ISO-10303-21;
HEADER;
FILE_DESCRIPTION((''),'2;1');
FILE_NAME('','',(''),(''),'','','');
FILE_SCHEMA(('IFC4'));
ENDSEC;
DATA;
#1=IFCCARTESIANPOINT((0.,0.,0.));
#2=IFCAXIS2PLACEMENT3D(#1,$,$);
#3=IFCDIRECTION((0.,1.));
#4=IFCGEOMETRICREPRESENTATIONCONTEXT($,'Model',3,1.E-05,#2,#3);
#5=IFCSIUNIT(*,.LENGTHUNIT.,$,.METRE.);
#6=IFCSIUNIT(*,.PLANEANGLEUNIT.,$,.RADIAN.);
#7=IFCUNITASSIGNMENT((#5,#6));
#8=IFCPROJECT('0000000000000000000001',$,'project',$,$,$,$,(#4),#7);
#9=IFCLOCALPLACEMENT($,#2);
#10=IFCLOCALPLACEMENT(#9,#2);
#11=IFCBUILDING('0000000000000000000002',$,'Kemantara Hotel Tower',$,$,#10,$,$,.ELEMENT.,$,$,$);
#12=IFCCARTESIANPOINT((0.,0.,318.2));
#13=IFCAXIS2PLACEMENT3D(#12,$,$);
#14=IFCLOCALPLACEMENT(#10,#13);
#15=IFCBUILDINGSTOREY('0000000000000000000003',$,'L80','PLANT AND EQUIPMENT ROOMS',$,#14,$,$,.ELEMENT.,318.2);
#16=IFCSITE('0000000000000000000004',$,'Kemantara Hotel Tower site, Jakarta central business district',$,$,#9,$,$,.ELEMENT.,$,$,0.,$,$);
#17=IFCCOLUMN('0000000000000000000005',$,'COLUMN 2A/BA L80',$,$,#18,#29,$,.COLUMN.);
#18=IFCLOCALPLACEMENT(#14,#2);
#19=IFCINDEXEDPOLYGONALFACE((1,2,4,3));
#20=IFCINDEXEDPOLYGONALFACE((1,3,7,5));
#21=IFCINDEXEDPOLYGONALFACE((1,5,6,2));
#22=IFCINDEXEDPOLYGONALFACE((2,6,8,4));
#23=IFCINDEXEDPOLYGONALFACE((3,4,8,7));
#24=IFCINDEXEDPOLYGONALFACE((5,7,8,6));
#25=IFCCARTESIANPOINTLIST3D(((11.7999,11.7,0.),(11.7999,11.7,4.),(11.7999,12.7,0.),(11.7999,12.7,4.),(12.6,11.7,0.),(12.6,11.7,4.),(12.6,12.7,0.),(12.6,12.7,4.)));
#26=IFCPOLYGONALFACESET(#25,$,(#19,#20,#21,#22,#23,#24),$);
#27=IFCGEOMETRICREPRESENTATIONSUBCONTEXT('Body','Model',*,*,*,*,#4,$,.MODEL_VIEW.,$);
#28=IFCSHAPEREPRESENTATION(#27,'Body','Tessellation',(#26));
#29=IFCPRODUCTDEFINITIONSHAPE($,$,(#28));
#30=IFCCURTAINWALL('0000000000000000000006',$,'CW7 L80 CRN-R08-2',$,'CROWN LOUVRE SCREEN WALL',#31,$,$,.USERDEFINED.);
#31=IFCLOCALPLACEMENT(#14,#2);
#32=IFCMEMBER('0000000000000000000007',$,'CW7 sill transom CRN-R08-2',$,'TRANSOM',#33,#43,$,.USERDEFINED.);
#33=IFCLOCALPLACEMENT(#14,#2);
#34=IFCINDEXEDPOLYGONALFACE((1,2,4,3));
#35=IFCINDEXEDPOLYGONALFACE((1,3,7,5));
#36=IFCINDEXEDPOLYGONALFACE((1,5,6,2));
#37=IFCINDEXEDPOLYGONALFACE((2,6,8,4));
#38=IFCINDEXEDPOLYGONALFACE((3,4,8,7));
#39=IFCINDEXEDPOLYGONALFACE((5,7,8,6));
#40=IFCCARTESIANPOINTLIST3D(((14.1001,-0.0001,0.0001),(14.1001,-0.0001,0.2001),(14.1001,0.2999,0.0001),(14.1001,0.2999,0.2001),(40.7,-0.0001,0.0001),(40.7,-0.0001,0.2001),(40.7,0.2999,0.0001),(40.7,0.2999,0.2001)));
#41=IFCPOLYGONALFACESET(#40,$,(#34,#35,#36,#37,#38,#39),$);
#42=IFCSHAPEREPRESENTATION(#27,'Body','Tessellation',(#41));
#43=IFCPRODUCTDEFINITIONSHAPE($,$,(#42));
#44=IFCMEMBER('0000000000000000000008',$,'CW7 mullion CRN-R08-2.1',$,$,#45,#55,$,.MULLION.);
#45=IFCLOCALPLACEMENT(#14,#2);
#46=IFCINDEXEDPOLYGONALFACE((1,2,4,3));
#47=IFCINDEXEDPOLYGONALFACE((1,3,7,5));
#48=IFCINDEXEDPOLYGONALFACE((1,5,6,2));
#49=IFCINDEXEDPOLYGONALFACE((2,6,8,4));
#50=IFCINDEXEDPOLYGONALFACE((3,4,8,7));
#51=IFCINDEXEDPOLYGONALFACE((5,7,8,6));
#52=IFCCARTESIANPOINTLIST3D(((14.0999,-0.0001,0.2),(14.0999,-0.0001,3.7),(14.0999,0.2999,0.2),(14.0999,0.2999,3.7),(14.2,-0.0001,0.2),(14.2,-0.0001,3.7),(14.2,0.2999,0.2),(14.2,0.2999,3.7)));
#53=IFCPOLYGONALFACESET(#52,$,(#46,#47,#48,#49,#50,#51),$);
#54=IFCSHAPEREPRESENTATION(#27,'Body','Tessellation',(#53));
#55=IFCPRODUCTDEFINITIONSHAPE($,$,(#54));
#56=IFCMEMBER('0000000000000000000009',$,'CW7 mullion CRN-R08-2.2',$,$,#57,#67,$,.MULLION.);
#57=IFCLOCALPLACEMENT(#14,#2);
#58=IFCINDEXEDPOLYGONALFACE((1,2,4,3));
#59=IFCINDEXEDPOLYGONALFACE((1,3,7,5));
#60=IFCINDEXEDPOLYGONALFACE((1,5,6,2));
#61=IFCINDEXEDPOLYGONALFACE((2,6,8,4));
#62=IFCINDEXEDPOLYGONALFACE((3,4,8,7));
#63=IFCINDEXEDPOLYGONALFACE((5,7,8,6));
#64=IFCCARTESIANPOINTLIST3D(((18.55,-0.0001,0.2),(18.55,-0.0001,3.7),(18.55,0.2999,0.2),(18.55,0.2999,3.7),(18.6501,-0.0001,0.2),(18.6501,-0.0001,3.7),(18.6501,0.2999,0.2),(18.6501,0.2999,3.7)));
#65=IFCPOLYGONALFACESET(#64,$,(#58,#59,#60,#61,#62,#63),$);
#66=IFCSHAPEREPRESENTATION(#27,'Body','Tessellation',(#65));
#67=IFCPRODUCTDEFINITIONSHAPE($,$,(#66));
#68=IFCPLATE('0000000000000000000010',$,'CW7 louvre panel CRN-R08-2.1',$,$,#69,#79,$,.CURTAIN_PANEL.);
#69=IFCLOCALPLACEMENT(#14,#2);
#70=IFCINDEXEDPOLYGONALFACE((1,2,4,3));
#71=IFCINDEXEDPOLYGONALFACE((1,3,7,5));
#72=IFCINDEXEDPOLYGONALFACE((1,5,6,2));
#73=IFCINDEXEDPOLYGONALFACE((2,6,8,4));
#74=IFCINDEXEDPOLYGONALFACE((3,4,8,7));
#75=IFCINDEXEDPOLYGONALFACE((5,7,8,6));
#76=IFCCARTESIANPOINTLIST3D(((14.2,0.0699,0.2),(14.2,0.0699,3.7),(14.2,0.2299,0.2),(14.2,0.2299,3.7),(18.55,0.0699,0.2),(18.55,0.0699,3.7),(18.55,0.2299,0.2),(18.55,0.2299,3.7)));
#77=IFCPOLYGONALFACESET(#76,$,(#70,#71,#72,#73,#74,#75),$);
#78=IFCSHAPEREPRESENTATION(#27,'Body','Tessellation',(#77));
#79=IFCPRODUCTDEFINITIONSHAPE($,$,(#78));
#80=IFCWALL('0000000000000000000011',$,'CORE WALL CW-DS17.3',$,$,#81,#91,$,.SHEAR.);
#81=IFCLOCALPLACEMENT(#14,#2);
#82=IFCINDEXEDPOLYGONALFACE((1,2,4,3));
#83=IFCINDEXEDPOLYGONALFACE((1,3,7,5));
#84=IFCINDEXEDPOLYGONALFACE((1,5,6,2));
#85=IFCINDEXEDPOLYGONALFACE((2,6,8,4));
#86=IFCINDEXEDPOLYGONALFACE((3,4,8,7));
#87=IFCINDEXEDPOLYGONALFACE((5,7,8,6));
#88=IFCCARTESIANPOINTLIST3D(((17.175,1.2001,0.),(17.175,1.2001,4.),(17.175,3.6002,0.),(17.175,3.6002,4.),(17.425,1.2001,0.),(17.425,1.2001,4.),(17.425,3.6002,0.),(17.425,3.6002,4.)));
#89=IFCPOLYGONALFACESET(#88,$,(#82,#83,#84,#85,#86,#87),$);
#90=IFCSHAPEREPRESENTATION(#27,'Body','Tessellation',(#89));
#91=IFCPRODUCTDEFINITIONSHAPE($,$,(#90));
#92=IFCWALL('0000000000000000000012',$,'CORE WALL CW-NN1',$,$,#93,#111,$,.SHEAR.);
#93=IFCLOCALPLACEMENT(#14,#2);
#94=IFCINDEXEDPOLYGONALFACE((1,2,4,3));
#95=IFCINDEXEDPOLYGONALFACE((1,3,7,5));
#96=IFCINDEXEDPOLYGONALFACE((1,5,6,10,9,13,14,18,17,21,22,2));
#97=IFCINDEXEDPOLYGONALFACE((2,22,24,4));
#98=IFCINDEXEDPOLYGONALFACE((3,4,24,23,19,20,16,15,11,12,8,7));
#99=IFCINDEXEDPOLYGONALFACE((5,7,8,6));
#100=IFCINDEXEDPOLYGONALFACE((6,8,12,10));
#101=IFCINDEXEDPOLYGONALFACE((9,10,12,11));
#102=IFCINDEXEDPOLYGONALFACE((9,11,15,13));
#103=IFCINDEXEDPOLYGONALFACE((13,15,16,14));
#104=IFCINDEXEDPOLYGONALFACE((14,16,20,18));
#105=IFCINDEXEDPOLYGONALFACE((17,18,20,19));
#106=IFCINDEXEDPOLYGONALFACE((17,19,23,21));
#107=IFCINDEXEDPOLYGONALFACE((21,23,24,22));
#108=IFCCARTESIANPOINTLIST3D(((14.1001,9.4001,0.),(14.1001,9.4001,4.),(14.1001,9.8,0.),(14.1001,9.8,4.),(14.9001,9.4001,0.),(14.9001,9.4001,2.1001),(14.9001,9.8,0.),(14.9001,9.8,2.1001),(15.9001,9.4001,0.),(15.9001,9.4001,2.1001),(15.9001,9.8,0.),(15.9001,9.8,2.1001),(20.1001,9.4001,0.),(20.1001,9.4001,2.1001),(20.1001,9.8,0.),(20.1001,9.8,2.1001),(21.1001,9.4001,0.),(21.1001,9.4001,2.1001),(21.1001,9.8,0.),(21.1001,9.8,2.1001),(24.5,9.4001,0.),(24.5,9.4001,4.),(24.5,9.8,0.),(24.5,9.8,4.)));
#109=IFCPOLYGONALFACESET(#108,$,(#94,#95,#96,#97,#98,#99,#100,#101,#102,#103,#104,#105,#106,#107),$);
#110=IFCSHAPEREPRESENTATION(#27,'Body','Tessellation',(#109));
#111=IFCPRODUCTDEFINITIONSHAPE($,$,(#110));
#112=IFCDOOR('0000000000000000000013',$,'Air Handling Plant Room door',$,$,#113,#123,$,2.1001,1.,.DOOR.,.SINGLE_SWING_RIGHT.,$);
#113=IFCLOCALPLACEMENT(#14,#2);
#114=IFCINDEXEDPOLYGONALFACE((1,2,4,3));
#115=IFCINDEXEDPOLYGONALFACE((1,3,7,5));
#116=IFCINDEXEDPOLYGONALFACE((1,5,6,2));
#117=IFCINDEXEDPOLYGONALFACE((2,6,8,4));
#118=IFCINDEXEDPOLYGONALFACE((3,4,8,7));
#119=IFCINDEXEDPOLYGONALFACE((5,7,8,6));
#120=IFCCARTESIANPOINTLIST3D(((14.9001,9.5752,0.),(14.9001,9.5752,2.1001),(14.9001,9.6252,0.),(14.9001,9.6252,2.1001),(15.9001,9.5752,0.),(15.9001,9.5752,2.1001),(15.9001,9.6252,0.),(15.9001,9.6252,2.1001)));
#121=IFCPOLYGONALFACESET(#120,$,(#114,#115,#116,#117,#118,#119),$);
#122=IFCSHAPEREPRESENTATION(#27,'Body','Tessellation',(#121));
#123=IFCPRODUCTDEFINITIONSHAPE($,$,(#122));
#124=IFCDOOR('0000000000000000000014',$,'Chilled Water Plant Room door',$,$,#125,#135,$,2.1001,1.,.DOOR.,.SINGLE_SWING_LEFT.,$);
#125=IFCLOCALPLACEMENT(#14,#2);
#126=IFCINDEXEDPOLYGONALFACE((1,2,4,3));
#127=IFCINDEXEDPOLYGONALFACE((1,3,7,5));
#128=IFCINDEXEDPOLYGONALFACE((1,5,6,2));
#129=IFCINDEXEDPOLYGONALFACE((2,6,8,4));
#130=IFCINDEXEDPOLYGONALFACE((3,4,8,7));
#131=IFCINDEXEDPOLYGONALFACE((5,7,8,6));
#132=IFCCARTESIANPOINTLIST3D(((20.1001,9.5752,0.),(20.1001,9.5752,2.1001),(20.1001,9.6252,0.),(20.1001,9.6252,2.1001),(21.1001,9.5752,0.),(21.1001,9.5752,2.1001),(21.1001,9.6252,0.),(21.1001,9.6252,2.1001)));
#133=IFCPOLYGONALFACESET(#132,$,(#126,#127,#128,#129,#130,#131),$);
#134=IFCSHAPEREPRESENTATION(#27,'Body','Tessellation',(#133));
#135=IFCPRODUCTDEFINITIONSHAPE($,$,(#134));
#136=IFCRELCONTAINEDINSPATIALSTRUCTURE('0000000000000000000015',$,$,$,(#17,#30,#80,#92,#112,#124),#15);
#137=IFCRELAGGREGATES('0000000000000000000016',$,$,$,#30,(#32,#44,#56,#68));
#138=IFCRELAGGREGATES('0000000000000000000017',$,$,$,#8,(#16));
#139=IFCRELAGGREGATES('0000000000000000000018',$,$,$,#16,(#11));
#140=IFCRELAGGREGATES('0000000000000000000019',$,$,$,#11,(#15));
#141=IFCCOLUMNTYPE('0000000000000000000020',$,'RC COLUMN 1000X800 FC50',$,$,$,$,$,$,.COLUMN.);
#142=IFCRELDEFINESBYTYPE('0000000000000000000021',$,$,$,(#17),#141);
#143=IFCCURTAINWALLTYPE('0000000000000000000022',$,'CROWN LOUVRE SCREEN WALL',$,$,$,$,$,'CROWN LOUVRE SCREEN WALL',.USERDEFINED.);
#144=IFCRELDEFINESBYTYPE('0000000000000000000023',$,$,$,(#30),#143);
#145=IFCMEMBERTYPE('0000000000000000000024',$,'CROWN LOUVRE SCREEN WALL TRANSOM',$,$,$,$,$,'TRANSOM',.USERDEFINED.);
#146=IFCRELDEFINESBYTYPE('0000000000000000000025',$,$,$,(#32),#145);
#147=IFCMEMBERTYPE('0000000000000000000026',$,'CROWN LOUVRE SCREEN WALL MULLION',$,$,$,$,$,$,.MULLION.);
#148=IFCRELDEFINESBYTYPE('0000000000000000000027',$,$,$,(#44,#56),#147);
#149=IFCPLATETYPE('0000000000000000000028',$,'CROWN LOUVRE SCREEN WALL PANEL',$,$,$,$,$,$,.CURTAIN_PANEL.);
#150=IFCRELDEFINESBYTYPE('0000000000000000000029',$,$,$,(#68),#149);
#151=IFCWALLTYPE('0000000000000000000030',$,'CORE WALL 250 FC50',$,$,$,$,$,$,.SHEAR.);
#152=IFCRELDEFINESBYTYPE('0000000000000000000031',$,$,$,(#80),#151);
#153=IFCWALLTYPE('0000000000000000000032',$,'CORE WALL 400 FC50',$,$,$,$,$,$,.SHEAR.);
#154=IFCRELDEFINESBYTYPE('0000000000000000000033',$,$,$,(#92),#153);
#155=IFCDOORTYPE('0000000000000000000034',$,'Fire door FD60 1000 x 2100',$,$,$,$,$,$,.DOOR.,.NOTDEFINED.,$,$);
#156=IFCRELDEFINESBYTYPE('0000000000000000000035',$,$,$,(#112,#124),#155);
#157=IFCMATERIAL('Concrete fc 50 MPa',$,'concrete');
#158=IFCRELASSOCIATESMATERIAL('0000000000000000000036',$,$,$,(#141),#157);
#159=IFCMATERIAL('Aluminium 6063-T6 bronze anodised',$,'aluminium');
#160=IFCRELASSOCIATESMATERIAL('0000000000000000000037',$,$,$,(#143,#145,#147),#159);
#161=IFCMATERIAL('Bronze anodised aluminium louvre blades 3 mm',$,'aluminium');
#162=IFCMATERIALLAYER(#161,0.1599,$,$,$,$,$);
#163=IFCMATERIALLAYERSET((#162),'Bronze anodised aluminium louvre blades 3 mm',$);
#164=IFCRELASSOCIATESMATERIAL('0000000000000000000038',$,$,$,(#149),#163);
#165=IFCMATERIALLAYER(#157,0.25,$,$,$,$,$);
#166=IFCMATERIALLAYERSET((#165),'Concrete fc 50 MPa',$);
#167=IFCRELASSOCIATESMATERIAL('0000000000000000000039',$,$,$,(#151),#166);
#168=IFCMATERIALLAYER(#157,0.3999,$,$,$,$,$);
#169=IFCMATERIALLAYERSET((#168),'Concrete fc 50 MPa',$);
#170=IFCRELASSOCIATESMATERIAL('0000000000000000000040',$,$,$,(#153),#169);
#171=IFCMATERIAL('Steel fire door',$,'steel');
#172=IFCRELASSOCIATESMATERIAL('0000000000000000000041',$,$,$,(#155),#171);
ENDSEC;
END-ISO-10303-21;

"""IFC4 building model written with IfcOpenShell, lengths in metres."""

from ifc_helpers import new_model, si_unit, direction, frame, frame_2d, origin, origin_2d, place, context, subcontext, project, spatial, rectangle, extrude, source, transform, mapped, material, layer, layer_set, material_profile, profile_set, type_object, element, fill, aggregate, save


model = new_model("IFC4")

# Units and contexts
model_context = context("Model", 3, precision=1e-05, world=origin(), true_north=direction((0.0, 1.0)))
body_context = subcontext(model_context, "Body", "Model", "MODEL_VIEW")
ifc_project = project(units=[si_unit("LENGTHUNIT", "METRE"), si_unit("PLANEANGLEUNIT", "RADIAN")], contexts=[model_context])

# Site, building, storey
site_placement = place(None, origin())
site = spatial("IfcSite", under=ifc_project, at=site_placement, Name="Kemantara Hotel Tower site, Jakarta central business district", CompositionType="ELEMENT", RefElevation=0.0)
building_placement = place(site_placement, origin())
building = spatial("IfcBuilding", under=site, at=building_placement, Name="Kemantara Hotel Tower", CompositionType="ELEMENT")
storey_placement = place(building_placement, frame((0.0, 0.0, 318.2)))
storey = spatial("IfcBuildingStorey", under=building, at=storey_placement, Name="L80", Description="PLANT AND EQUIPMENT ROOMS", CompositionType="ELEMENT", Elevation=318.2)

# Column
ifc_material_1 = material(Name="Concrete fc 50 MPa", Category="concrete")
ifc_material_profile_1 = material_profile(ifc_material_1, rectangle(XDim=1.0, YDim=0.8, at=origin_2d()), Name="RC 1000X800")
ifc_profile_set_1 = profile_set([ifc_material_profile_1], Name="Concrete fc 50 MPa")
column_type = type_object("IfcColumnType", Name="RC COLUMN 1000X800 FC50", PredefinedType="COLUMN", material=ifc_profile_set_1)
column_placement = place(storey_placement, frame((12.2, 12.2, 0.0), z_axis=(0.0, 0.0, 1.0), x_axis=(0.0, 1.0, 0.0)))
element("IfcColumn", 1, at=column_placement, inside=storey, type_object=column_type, Name="COLUMN 2A/BA L80", PredefinedType="COLUMN", context=body_context, shape_type="SweptSolid", body=[
    extrude(rectangle(XDim=1.0, YDim=0.8, at=origin_2d()), origin(), (0.0, 0.0, 1.0), 4.0),
])

# Curtain wall, members, plate
ifc_material_2 = material(Name="Aluminium 6063-T6 bronze anodised", Category="aluminium")
curtain_wall_type = type_object("IfcCurtainWallType", Name="CROWN LOUVRE SCREEN WALL", ElementType="CROWN LOUVRE SCREEN WALL", PredefinedType="USERDEFINED", material=ifc_material_2)
curtain_wall_placement = place(storey_placement, origin())
curtain_wall = element("IfcCurtainWall", 2, at=curtain_wall_placement, inside=storey, type_object=curtain_wall_type, Name="CW7 L80 CRN-R08-2", ObjectType="CROWN LOUVRE SCREEN WALL", PredefinedType="USERDEFINED")
ifc_material_profile_2 = material_profile(ifc_material_2, rectangle(XDim=0.3, YDim=0.2, at=origin_2d()), Name="CROWN LOUVRE SCREEN WALL TRANSOM")
ifc_profile_set_2 = profile_set([ifc_material_profile_2], Name="Aluminium 6063-T6 bronze anodised")
member_type_1 = type_object("IfcMemberType", Name="CROWN LOUVRE SCREEN WALL TRANSOM", ElementType="TRANSOM", PredefinedType="USERDEFINED", material=ifc_profile_set_2)
member_1_placement = place(storey_placement, frame((14.1001, 0.1499, 0.1001), z_axis=(1.0, 0.0, 0.0), x_axis=(0.0, 1.0, 0.0)))
member_1 = element("IfcMember", 3, at=member_1_placement, type_object=member_type_1, Name="CW7 sill transom CRN-R08-2", ObjectType="TRANSOM", PredefinedType="USERDEFINED", context=body_context, shape_type="SweptSolid", body=[
    extrude(rectangle(XDim=0.3, YDim=0.2, at=origin_2d()), origin(), (0.0, 0.0, 1.0), 26.5999),
])
ifc_material_profile_3 = material_profile(ifc_material_2, rectangle(XDim=0.3, YDim=0.1001, at=origin_2d()), Name="CROWN LOUVRE SCREEN WALL MULLION")
ifc_profile_set_3 = profile_set([ifc_material_profile_3], Name="Aluminium 6063-T6 bronze anodised")
member_type_2 = type_object("IfcMemberType", Name="CROWN LOUVRE SCREEN WALL MULLION", PredefinedType="MULLION", material=ifc_profile_set_3)
shared_shape_1 = source(origin(), body_context, "Body", "SweptSolid", [
    extrude(rectangle(XDim=0.3, YDim=0.1001, at=origin_2d()), origin(), (0.0, 0.0, 1.0), 3.5),
])
member_2_placement = place(storey_placement, frame((14.1499, 0.1499, 0.2), z_axis=(0.0, 0.0, 1.0), x_axis=(0.0, 1.0, 0.0)))
member_2 = element("IfcMember", 4, at=member_2_placement, type_object=member_type_2, Name="CW7 mullion CRN-R08-2.1", PredefinedType="MULLION", context=body_context, shape_type="MappedRepresentation", body=[
    mapped(shared_shape_1, transform((0.0, 0.0, 0.0))),
])
member_3_placement = place(storey_placement, frame((18.6001, 0.1499, 0.2), z_axis=(0.0, 0.0, 1.0), x_axis=(0.0, 1.0, 0.0)))
member_3 = element("IfcMember", 5, at=member_3_placement, type_object=member_type_2, Name="CW7 mullion CRN-R08-2.2", PredefinedType="MULLION", context=body_context, shape_type="MappedRepresentation", body=[
    mapped(shared_shape_1, transform((0.0, 0.0, 0.0))),
])
ifc_material_3 = material(Name="Bronze anodised aluminium louvre blades 3 mm", Category="aluminium")
ifc_layer_1 = layer(ifc_material_3, 0.1599)
ifc_layer_set_1 = layer_set([ifc_layer_1], Name="Bronze anodised aluminium louvre blades 3 mm")
plate_type = type_object("IfcPlateType", Name="CROWN LOUVRE SCREEN WALL PANEL", PredefinedType="CURTAIN_PANEL", material=ifc_layer_set_1)
shared_shape_2 = source(origin(), body_context, "Body", "SweptSolid", [
    extrude(rectangle(XDim=4.3501, YDim=0.1599, at=origin_2d()), origin(), (0.0, 0.0, 1.0), 3.5),
])
plate_placement = place(storey_placement, frame((16.375, 0.1499, 0.2), z_axis=(0.0, 0.0, 1.0), x_axis=(1.0, 0.0, 0.0)))
plate = element("IfcPlate", 6, at=plate_placement, type_object=plate_type, Name="CW7 louvre panel CRN-R08-2.1", PredefinedType="CURTAIN_PANEL", context=body_context, shape_type="MappedRepresentation", body=[
    mapped(shared_shape_2, transform((0.0, 0.0, 0.0))),
])
aggregate(curtain_wall, [member_1, member_2, member_3, plate])

# Wall
ifc_layer_2 = layer(ifc_material_1, 0.25)
ifc_layer_set_2 = layer_set([ifc_layer_2], Name="Concrete fc 50 MPa")
wall_type_1 = type_object("IfcWallType", Name="CORE WALL 250 FC50", PredefinedType="SHEAR", material=ifc_layer_set_2)
wall_1_placement = place(storey_placement, frame((17.3, 1.2, 0.0), z_axis=(0.0, 0.0, 1.0), x_axis=(0.0, 1.0, 0.0)))
element("IfcWall", 7, at=wall_1_placement, inside=storey, type_object=wall_type_1, Name="CORE WALL CW-DS17.3", PredefinedType="SHEAR", context=body_context, shape_type="SweptSolid", body=[
    extrude(rectangle(XDim=2.4001, YDim=0.25, at=frame_2d((1.2002, 0.0))), origin(), (0.0, 0.0, 1.0), 4.0),
])

# Wall, openings, doors
ifc_layer_3 = layer(ifc_material_1, 0.3999)
ifc_layer_set_3 = layer_set([ifc_layer_3], Name="Concrete fc 50 MPa")
wall_type_2 = type_object("IfcWallType", Name="CORE WALL 400 FC50", PredefinedType="SHEAR", material=ifc_layer_set_3)
wall_2_placement = place(storey_placement, frame((14.1001, 9.6001, 0.0), z_axis=(0.0, 0.0, 1.0), x_axis=(1.0, 0.0, 0.0)))
wall_2 = element("IfcWall", 8, at=wall_2_placement, inside=storey, type_object=wall_type_2, Name="CORE WALL CW-NN1", PredefinedType="SHEAR", context=body_context, shape_type="SweptSolid", body=[
    extrude(rectangle(XDim=10.3999, YDim=0.3999, at=frame_2d((5.2, 0.0))), origin(), (0.0, 0.0, 1.0), 4.0),
])
opening_1_placement = place(wall_2_placement, frame((0.8, 0.0, 0.0)))
opening_1 = element("IfcOpeningElement", 9, at=opening_1_placement, cuts=wall_2, PredefinedType="OPENING", context=body_context, shape_type="SweptSolid", body=[
    extrude(rectangle(XDim=1.0, YDim=2.1001, at=frame_2d((0.5, 1.05))), frame((0.0, 0.21, 0.0), z_axis=(0.0, -1.0, 0.0), x_axis=(1.0, 0.0, 0.0)), (0.0, 0.0, 1.0), 0.4199),
])
opening_2_placement = place(wall_2_placement, frame((6.0, 0.0, 0.0)))
opening_2 = element("IfcOpeningElement", 10, at=opening_2_placement, cuts=wall_2, PredefinedType="OPENING", context=body_context, shape_type="SweptSolid", body=[
    extrude(rectangle(XDim=1.0, YDim=2.1001, at=frame_2d((0.5, 1.05))), frame((0.0, 0.21, 0.0), z_axis=(0.0, -1.0, 0.0), x_axis=(1.0, 0.0, 0.0)), (0.0, 0.0, 1.0), 0.4199),
])
ifc_material_4 = material(Name="Steel fire door", Category="steel")
door_type_1 = type_object("IfcDoorType", Name="Fire door FD60 1000 x 2100", OperationType="NOTDEFINED", PredefinedType="DOOR", material=ifc_material_4)
door_1_placement = place(opening_1_placement, frame((1.0, 0.0, 0.0), z_axis=(0.0, 0.0, 1.0), x_axis=(-1.0, 0.0, 0.0)))
door_1 = element("IfcDoor", 11, at=door_1_placement, inside=storey, type_object=door_type_1, Name="Air Handling Plant Room door", OperationType="SINGLE_SWING_RIGHT", OverallHeight=2.1001, OverallWidth=1.0, PredefinedType="DOOR", context=body_context, shape_type="SweptSolid", body=[
    extrude(rectangle(XDim=1.0, YDim=2.1001, at=frame_2d((0.5, 1.05))), frame((0.0, 0.0249, 0.0), z_axis=(0.0, -1.0, 0.0), x_axis=(1.0, 0.0, 0.0)), (0.0, 0.0, 1.0), 0.05),
])
fill(opening_1, door_1)
door_2_placement = place(opening_2_placement, frame((1.0, 0.0, 0.0), z_axis=(0.0, 0.0, 1.0), x_axis=(-1.0, 0.0, 0.0)))
door_2 = element("IfcDoor", 12, at=door_2_placement, inside=storey, type_object=door_type_1, Name="Chilled Water Plant Room door", OperationType="SINGLE_SWING_LEFT", OverallHeight=2.1001, OverallWidth=1.0, PredefinedType="DOOR", context=body_context, shape_type="SweptSolid", body=[
    extrude(rectangle(XDim=1.0, YDim=2.1001, at=frame_2d((0.5, 1.05))), frame((0.0, 0.0249, 0.0), z_axis=(0.0, -1.0, 0.0), x_axis=(1.0, 0.0, 0.0)), (0.0, 0.0, 1.0), 0.05),
])
fill(opening_2, door_2)

save(model, "model.ifc")
